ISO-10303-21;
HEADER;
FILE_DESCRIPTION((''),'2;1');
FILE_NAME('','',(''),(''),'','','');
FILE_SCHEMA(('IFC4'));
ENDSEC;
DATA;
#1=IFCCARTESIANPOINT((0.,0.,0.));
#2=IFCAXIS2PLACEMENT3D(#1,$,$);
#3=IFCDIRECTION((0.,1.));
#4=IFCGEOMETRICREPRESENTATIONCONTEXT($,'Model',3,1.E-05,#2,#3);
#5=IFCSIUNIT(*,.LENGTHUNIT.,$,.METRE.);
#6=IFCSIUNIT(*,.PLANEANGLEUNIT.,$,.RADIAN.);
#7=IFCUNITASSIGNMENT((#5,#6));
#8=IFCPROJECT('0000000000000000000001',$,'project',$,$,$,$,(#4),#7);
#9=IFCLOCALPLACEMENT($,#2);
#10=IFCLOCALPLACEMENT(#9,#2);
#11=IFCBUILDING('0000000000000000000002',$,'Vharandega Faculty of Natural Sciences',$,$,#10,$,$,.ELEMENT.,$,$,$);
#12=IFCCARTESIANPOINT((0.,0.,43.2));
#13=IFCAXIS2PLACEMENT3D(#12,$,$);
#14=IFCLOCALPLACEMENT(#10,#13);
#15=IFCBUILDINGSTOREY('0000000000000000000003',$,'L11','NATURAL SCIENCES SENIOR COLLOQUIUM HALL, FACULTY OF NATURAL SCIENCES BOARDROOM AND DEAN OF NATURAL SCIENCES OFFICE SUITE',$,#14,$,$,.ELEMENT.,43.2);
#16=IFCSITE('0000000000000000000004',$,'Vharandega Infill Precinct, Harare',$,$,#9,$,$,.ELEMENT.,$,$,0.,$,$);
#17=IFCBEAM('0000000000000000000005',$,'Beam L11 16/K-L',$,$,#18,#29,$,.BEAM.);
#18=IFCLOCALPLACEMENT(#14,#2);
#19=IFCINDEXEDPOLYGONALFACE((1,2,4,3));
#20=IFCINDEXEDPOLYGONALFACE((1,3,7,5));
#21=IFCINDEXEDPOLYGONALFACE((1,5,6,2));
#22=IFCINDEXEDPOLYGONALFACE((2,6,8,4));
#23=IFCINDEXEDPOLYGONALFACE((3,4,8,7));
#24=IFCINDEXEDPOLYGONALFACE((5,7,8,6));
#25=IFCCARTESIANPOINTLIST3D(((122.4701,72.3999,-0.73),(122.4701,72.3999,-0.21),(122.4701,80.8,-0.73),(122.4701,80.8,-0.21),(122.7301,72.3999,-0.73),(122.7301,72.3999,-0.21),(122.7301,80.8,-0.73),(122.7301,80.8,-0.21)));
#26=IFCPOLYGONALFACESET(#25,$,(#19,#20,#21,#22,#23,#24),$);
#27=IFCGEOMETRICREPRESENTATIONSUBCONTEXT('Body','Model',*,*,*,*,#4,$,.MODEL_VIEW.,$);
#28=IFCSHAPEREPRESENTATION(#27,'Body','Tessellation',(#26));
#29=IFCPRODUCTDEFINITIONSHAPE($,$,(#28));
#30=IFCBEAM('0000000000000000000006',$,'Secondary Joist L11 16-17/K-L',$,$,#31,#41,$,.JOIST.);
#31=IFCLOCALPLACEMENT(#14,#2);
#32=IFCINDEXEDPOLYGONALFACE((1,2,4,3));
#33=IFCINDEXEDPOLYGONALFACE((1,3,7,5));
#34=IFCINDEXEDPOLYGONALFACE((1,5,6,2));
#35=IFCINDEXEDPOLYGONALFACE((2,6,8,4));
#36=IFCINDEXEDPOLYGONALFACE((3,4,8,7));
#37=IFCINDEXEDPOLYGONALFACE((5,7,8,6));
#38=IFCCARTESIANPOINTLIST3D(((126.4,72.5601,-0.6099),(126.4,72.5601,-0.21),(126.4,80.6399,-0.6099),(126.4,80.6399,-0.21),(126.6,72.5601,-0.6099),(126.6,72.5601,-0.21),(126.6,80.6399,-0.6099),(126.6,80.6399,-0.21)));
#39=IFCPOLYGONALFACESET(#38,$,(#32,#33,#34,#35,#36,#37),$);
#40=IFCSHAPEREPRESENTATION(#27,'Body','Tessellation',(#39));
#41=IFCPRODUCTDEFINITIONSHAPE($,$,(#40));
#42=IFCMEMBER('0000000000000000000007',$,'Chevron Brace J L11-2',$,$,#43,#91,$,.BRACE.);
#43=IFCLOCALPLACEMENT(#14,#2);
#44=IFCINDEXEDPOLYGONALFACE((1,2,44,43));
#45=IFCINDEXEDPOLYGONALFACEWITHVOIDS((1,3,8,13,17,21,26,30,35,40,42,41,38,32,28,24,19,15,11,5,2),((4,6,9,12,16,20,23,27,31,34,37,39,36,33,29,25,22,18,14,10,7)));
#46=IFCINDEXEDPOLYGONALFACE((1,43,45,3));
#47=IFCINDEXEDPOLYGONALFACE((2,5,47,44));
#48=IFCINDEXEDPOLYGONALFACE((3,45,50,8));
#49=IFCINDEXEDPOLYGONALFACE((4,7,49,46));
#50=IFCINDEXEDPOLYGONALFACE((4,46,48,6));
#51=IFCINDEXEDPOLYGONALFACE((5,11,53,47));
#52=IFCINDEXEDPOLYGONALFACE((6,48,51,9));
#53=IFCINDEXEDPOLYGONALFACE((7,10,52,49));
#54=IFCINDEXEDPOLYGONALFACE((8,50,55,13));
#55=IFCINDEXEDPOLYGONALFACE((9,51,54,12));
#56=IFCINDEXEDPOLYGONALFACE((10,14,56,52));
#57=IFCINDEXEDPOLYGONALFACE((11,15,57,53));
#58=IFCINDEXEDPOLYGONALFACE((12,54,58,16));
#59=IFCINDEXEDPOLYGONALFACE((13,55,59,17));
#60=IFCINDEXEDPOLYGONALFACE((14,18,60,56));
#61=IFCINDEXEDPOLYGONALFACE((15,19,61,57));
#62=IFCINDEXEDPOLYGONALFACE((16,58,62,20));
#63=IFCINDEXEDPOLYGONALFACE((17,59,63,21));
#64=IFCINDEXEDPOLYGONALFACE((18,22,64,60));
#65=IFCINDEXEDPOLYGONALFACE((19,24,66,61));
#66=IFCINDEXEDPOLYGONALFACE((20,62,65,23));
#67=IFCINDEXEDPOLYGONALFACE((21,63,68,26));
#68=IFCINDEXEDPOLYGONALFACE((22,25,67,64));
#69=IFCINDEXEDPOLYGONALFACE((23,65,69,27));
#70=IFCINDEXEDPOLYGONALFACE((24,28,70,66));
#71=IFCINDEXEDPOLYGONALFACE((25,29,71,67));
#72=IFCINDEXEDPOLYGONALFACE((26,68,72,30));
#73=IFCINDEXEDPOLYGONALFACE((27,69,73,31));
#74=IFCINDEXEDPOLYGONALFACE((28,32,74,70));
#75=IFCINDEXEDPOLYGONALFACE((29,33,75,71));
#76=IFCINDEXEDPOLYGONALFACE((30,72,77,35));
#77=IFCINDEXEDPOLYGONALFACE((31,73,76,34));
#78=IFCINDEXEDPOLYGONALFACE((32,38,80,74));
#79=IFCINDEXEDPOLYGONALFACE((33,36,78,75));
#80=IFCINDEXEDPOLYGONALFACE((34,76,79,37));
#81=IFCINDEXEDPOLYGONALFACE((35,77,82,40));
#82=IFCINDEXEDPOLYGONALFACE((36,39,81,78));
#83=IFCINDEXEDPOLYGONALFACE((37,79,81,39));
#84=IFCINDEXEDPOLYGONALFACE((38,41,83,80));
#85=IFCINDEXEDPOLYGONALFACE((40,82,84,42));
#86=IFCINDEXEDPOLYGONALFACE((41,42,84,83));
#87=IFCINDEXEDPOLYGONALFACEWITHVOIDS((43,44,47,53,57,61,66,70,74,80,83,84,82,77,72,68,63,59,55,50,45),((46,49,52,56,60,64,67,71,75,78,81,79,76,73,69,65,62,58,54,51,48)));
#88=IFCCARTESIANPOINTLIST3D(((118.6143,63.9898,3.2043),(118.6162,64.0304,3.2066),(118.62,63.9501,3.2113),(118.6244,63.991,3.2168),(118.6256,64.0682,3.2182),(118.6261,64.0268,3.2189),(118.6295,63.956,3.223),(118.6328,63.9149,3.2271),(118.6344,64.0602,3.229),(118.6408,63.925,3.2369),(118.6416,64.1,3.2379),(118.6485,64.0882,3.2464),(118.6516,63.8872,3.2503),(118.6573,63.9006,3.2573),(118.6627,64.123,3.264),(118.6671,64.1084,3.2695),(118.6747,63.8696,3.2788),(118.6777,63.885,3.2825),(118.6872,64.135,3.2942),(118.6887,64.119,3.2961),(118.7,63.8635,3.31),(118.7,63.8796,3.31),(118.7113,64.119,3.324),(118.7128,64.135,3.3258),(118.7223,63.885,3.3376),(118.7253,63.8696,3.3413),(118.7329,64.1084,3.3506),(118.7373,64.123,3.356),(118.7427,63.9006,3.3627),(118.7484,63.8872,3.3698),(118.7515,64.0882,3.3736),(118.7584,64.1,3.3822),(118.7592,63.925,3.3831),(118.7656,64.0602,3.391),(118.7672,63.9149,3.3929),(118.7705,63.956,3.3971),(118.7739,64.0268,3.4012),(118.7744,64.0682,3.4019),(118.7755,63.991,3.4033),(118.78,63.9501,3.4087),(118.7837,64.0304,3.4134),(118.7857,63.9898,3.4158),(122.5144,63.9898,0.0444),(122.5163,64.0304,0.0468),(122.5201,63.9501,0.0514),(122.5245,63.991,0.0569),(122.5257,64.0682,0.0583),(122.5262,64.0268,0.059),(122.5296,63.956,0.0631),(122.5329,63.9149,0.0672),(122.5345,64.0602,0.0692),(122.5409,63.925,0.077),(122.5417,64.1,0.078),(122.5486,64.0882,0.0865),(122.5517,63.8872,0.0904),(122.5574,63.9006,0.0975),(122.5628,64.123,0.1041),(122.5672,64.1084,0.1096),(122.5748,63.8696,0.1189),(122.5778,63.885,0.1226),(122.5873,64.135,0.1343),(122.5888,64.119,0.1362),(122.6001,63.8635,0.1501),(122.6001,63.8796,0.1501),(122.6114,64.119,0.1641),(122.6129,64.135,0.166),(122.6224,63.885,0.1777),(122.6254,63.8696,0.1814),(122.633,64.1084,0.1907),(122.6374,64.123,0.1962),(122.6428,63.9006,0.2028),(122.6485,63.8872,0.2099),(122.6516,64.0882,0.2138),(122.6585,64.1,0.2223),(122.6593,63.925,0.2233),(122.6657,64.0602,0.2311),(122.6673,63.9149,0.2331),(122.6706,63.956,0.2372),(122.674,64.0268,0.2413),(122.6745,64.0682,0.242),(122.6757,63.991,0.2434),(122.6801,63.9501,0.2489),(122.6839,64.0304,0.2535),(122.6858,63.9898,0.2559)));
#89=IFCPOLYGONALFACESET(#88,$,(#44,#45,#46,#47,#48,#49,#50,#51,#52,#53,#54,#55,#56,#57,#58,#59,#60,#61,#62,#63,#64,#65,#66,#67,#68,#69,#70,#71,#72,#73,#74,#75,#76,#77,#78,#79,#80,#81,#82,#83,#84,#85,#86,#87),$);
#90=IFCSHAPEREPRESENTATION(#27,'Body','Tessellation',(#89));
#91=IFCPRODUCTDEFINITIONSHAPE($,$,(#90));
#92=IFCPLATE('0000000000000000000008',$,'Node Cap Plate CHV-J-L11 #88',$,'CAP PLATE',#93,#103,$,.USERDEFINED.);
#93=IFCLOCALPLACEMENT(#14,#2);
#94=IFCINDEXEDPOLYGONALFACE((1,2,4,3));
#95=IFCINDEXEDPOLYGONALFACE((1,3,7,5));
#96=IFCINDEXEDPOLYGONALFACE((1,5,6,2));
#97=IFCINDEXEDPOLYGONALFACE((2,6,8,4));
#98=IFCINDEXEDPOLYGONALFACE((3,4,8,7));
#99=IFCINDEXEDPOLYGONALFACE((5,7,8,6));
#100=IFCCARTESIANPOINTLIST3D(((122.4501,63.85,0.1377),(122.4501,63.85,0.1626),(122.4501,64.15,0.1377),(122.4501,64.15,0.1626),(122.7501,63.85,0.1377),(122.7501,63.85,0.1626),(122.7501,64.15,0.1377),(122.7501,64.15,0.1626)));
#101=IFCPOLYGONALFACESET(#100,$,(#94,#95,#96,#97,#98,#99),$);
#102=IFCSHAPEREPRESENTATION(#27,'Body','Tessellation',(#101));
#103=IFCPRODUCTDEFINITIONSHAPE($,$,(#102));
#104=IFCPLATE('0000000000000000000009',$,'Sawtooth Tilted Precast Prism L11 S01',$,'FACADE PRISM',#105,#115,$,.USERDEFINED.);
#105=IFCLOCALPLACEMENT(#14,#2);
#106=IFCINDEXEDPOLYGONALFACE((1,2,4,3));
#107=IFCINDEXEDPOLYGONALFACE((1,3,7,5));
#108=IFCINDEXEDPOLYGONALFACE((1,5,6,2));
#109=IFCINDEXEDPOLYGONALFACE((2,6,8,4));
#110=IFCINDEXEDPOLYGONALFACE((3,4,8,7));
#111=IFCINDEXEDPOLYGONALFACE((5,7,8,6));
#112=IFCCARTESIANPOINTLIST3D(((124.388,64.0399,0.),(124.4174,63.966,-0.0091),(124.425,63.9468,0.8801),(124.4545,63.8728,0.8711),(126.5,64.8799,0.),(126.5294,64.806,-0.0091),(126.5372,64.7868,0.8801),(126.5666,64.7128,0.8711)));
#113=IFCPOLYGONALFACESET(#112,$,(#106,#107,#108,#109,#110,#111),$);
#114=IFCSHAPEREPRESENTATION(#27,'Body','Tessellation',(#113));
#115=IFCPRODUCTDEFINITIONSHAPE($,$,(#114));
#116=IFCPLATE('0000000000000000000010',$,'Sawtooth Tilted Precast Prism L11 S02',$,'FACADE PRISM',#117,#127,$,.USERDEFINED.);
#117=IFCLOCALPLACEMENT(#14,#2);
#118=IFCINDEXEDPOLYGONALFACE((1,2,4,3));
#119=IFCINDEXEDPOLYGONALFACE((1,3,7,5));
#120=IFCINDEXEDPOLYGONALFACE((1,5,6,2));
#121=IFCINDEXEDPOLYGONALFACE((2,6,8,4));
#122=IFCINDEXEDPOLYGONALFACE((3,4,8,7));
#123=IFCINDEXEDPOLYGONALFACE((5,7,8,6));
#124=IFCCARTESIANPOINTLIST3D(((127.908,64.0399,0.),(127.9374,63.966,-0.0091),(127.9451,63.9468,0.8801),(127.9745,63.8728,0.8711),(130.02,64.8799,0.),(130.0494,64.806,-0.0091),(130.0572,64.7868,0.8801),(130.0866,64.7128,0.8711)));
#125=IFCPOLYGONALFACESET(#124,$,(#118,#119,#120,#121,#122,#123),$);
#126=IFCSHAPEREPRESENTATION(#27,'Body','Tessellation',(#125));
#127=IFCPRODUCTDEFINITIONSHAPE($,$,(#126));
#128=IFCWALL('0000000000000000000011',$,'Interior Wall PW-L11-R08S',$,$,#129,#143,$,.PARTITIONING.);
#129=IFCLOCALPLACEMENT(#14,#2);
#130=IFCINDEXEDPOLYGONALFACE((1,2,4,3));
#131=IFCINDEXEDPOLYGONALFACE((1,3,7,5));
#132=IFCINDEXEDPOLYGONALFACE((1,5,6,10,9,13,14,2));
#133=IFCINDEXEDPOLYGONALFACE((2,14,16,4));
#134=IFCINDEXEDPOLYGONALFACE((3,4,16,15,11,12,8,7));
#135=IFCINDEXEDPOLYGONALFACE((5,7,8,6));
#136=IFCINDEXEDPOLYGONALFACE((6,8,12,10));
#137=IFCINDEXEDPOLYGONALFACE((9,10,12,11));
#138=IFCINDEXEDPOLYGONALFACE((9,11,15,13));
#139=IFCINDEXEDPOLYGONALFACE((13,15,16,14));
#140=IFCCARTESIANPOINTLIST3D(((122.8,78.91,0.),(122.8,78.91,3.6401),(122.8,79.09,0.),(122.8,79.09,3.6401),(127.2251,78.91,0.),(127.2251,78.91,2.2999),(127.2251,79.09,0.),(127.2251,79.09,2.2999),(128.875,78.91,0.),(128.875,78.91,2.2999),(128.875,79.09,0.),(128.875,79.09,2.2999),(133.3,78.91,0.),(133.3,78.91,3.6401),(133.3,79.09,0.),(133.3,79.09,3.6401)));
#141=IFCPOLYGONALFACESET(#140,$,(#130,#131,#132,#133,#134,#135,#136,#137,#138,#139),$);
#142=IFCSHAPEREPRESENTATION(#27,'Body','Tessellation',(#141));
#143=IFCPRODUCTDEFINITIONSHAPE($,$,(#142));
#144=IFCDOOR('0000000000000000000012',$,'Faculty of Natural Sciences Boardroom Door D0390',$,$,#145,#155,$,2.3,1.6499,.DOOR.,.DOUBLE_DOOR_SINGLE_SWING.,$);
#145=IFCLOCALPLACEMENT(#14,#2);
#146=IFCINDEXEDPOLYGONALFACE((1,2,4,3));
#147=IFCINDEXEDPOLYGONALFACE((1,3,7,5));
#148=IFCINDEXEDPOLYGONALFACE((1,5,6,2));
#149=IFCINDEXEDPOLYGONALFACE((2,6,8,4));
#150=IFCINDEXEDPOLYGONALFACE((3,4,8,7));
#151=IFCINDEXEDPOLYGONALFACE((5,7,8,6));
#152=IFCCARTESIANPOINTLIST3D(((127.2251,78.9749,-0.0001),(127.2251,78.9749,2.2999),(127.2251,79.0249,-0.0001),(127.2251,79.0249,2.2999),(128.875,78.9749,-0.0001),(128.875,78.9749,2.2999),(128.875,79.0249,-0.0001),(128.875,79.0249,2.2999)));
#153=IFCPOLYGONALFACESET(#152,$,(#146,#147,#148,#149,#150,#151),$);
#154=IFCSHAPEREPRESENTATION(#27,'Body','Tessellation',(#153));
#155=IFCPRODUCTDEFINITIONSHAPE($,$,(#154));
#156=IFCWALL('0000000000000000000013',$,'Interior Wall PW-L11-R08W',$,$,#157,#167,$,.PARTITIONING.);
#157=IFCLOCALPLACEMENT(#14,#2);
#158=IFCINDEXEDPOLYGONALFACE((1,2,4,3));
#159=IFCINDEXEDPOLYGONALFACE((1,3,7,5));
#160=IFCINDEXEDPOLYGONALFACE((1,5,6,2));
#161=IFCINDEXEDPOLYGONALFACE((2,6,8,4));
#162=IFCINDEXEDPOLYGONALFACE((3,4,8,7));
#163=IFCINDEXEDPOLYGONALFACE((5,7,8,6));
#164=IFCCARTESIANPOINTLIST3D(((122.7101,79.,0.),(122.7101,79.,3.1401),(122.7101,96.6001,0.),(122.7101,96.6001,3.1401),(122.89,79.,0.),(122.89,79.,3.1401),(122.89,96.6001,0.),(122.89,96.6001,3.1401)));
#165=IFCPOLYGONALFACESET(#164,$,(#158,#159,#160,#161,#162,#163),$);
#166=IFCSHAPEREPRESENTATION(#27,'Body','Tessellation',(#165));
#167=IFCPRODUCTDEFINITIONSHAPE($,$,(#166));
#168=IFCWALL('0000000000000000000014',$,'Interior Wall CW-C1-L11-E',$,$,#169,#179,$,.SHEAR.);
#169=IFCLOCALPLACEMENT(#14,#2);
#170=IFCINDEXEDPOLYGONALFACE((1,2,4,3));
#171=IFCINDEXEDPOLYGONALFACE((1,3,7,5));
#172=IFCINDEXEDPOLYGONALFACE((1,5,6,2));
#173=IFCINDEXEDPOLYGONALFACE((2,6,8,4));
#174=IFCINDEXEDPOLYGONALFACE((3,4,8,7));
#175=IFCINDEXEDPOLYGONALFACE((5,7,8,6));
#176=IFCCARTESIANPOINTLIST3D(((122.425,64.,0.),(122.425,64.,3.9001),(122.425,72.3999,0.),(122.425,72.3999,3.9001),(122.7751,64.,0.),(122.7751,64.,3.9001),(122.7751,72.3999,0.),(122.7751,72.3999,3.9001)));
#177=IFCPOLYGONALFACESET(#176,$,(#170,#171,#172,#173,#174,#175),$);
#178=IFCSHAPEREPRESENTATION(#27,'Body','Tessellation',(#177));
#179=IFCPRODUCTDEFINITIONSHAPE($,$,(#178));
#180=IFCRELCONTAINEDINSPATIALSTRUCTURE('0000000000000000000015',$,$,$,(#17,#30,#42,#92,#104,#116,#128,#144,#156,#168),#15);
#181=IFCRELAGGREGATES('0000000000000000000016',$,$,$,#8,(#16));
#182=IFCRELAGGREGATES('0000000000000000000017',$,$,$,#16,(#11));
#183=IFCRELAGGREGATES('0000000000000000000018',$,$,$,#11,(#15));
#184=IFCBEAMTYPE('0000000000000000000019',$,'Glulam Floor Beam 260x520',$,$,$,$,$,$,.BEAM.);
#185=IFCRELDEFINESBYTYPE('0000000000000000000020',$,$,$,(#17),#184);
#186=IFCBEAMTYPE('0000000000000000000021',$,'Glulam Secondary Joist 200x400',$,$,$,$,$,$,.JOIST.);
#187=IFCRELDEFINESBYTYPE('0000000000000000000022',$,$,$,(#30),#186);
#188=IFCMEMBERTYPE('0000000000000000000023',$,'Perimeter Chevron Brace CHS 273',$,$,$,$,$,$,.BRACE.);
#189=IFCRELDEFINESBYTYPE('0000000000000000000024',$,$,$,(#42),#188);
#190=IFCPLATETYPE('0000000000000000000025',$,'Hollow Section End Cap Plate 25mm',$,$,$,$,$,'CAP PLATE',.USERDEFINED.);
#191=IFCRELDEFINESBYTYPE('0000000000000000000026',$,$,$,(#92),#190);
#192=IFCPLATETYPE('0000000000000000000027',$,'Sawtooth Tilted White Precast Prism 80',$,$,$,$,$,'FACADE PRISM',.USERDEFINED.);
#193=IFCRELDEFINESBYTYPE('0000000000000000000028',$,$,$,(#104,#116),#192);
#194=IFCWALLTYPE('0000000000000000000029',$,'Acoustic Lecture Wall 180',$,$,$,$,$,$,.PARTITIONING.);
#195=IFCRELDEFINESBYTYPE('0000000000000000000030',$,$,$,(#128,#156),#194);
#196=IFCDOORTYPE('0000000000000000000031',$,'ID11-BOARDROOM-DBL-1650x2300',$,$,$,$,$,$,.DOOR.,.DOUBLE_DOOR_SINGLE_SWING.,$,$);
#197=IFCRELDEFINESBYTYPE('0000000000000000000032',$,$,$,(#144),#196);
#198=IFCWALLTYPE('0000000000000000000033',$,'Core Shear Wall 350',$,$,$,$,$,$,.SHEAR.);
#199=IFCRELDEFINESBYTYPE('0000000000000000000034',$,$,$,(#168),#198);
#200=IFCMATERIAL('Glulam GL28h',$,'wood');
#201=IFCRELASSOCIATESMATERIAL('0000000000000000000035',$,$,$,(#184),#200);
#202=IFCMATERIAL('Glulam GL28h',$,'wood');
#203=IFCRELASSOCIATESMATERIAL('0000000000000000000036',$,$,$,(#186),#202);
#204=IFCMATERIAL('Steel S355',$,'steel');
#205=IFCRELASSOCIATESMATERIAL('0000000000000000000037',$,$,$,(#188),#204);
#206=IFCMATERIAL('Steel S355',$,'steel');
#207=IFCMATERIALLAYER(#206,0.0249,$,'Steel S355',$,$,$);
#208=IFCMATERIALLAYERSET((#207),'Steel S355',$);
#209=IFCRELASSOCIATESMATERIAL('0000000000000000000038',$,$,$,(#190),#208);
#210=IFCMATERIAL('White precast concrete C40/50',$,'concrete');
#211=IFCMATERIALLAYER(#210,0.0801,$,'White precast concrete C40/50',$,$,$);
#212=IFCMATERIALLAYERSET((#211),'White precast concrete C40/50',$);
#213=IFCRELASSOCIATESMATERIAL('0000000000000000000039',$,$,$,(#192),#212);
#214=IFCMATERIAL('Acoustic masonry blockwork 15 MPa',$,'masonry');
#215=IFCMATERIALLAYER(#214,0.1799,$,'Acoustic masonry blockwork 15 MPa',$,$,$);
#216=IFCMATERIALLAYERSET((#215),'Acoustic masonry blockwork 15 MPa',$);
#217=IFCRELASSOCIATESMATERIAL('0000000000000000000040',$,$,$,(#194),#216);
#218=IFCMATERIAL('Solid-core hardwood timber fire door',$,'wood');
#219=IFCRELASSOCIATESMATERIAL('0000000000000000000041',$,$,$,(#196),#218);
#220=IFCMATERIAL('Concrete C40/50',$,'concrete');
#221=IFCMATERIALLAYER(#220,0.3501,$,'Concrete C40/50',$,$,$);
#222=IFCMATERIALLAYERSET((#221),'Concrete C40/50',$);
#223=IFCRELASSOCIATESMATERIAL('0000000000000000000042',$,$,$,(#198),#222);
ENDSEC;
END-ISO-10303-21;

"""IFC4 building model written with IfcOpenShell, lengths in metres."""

from ifc_helpers import new_model, si_unit, direction, frame, frame_2d, origin, origin_2d, place, context, subcontext, project, spatial, polyline, rectangle, hollow_circle, outline, extrude, material, layer, layer_set, material_profile, profile_set, type_object, element, fill, save


model = new_model("IFC4")

# Units and contexts
model_context = context("Model", 3, precision=1e-05, world=origin(), true_north=direction((0.0, 1.0)))
body_context = subcontext(model_context, "Body", "Model", "MODEL_VIEW")
ifc_project = project(units=[si_unit("LENGTHUNIT", "METRE"), si_unit("PLANEANGLEUNIT", "RADIAN")], contexts=[model_context])

# Site, building, storey
site_placement = place(None, origin())
site = spatial("IfcSite", under=ifc_project, at=site_placement, Name="Vharandega Infill Precinct, Harare", CompositionType="ELEMENT", RefElevation=0.0)
building_placement = place(site_placement, origin())
building = spatial("IfcBuilding", under=site, at=building_placement, Name="Vharandega Faculty of Natural Sciences", CompositionType="ELEMENT")
storey_placement = place(building_placement, frame((0.0, 0.0, 43.2)))
storey = spatial("IfcBuildingStorey", under=building, at=storey_placement, Name="L11", Description="NATURAL SCIENCES SENIOR COLLOQUIUM HALL, FACULTY OF NATURAL SCIENCES BOARDROOM AND DEAN OF NATURAL SCIENCES OFFICE SUITE", CompositionType="ELEMENT", Elevation=43.2)

# Beams
ifc_material_1 = material(Name="Glulam GL28h", Category="wood")
ifc_material_profile_1 = material_profile(ifc_material_1, rectangle(XDim=0.26, YDim=0.52, at=origin_2d()), Name="GL28h 260x520")
ifc_profile_set_1 = profile_set([ifc_material_profile_1], Name="Glulam GL28h")
beam_type_1 = type_object("IfcBeamType", Name="Glulam Floor Beam 260x520", PredefinedType="BEAM", material=ifc_profile_set_1)
beam_1_placement = place(storey_placement, frame((122.6001, 72.3999, -0.47), z_axis=(0.0, 1.0, 0.0), x_axis=(-1.0, 0.0, 0.0)))
element("IfcBeam", 1, at=beam_1_placement, inside=storey, type_object=beam_type_1, Name="Beam L11 16/K-L", PredefinedType="BEAM", context=body_context, shape_type="SweptSolid", body=[
    extrude(rectangle(XDim=0.26, YDim=0.52, at=origin_2d()), origin(), (0.0, 0.0, 1.0), 8.4001),
])
ifc_material_2 = material(Name="Glulam GL28h", Category="wood")
ifc_material_profile_2 = material_profile(ifc_material_2, rectangle(XDim=0.2, YDim=0.3999, at=origin_2d()), Name="GL28h 200x400")
ifc_profile_set_2 = profile_set([ifc_material_profile_2], Name="Glulam GL28h")
beam_type_2 = type_object("IfcBeamType", Name="Glulam Secondary Joist 200x400", PredefinedType="JOIST", material=ifc_profile_set_2)
beam_2_placement = place(storey_placement, frame((126.5, 72.5601, -0.4099), z_axis=(0.0, 1.0, 0.0), x_axis=(-1.0, 0.0, 0.0)))
element("IfcBeam", 2, at=beam_2_placement, inside=storey, type_object=beam_type_2, Name="Secondary Joist L11 16-17/K-L", PredefinedType="JOIST", context=body_context, shape_type="SweptSolid", body=[
    extrude(rectangle(XDim=0.2, YDim=0.3999, at=origin_2d()), origin(), (0.0, 0.0, 1.0), 8.0798),
])

# Member
ifc_material_3 = material(Name="Steel S355", Category="steel")
ifc_material_profile_3 = material_profile(ifc_material_3, hollow_circle(Radius=0.1365, WallThickness=0.0161, at=origin_2d()), Name="CHS 273x16")
ifc_profile_set_3 = profile_set([ifc_material_profile_3], Name="Steel S355")
member_type = type_object("IfcMemberType", Name="Perimeter Chevron Brace CHS 273", PredefinedType="BRACE", material=ifc_profile_set_3)
member_placement = place(storey_placement, frame((122.6001, 64.0, 0.1501), z_axis=(-0.776987, 0.0, 0.629517), x_axis=(0.0, -1.0, 0.0)))
element("IfcMember", 3, at=member_placement, inside=storey, type_object=member_type, Name="Chevron Brace J L11-2", PredefinedType="BRACE", context=body_context, shape_type="SweptSolid", body=[
    extrude(hollow_circle(Radius=0.1365, WallThickness=0.0161, at=origin_2d()), origin(), (0.0, 0.0, 1.0), 5.0195),
])

# Plates
ifc_material_4 = material(Name="Steel S355", Category="steel")
ifc_layer_1 = layer(ifc_material_4, 0.0249, Name="Steel S355")
ifc_layer_set_1 = layer_set([ifc_layer_1], Name="Steel S355")
plate_type_1 = type_object("IfcPlateType", Name="Hollow Section End Cap Plate 25mm", ElementType="CAP PLATE", PredefinedType="USERDEFINED", material=ifc_layer_set_1)
plate_placement = place(storey_placement, frame((122.6001, 64.0, 0.1377), z_axis=(0.0, 0.0, 1.0), x_axis=(1.0, 0.0, 0.0)))
element("IfcPlate", 4, at=plate_placement, inside=storey, type_object=plate_type_1, Name="Node Cap Plate CHV-J-L11 #88", ObjectType="CAP PLATE", PredefinedType="USERDEFINED", context=body_context, shape_type="SweptSolid", body=[
    extrude(rectangle(XDim=0.3, YDim=0.3, at=origin_2d()), origin(), (0.0, 0.0, 1.0), 0.0249),
])
ifc_material_5 = material(Name="White precast concrete C40/50", Category="concrete")
ifc_layer_2 = layer(ifc_material_5, 0.0801, Name="White precast concrete C40/50")
ifc_layer_set_2 = layer_set([ifc_layer_2], Name="White precast concrete C40/50")
plate_type_2 = type_object("IfcPlateType", Name="Sawtooth Tilted White Precast Prism 80", ElementType="FACADE PRISM", PredefinedType="USERDEFINED", material=ifc_layer_set_2)
for number, where, z_axis, x_axis, name in (
    (5, (126.5, 64.8799, 0.0), (-0.367173, 0.923241, 0.113184), (0.04194, -0.105126, 0.993574), "Sawtooth Tilted Precast Prism L11 S01"),
    (6, (130.02, 64.8799, 0.0), (-0.367173, 0.923241, 0.113184), (0.04194, -0.105126, 0.993574), "Sawtooth Tilted Precast Prism L11 S02"),
):
    element("IfcPlate", number, at=place(storey_placement, frame(where, z_axis=z_axis, x_axis=x_axis)), inside=storey, type_object=plate_type_2, Name=name, ObjectType="FACADE PRISM", PredefinedType="USERDEFINED", context=body_context, shape_type="SweptSolid", body=[
        extrude(outline(polyline([(0.0, 0.0), (0.8858, 0.0), (0.8855, -2.273), (-0.0003, -2.2729), (0.0, 0.0)])), origin(), (0.0, 0.0, -1.0), 0.0801),
    ])

# Wall, opening, door
ifc_material_6 = material(Name="Acoustic masonry blockwork 15 MPa", Category="masonry")
ifc_layer_3 = layer(ifc_material_6, 0.1799, Name="Acoustic masonry blockwork 15 MPa")
ifc_layer_set_3 = layer_set([ifc_layer_3], Name="Acoustic masonry blockwork 15 MPa")
wall_type_1 = type_object("IfcWallType", Name="Acoustic Lecture Wall 180", PredefinedType="PARTITIONING", material=ifc_layer_set_3)
wall_1_placement = place(storey_placement, frame((122.8, 79.0, 0.0), z_axis=(0.0, 0.0, 1.0), x_axis=(1.0, 0.0, 0.0)))
wall_1 = element("IfcWall", 7, at=wall_1_placement, inside=storey, type_object=wall_type_1, Name="Interior Wall PW-L11-R08S", PredefinedType="PARTITIONING", context=body_context, shape_type="SweptSolid", body=[
    extrude(rectangle(XDim=10.5, YDim=0.1799, at=frame_2d((5.25, 0.0))), origin(), (0.0, 0.0, 1.0), 3.6401),
])
opening_1_placement = place(wall_1_placement, frame((4.425, 0.0, 0.0)))
opening_1 = element("IfcOpeningElement", 8, at=opening_1_placement, cuts=wall_1, PredefinedType="OPENING", context=body_context, shape_type="SweptSolid", body=[
    extrude(rectangle(XDim=1.6499, YDim=2.3, at=frame_2d((0.825, 1.1499))), frame((0.0, 0.1001, 0.0), z_axis=(0.0, -1.0, 0.0), x_axis=(1.0, 0.0, 0.0)), (0.0, 0.0, 1.0), 0.2),
])
ifc_material_7 = material(Name="Solid-core hardwood timber fire door", Category="wood")
door_type_1 = type_object("IfcDoorType", Name="ID11-BOARDROOM-DBL-1650x2300", OperationType="DOUBLE_DOOR_SINGLE_SWING", PredefinedType="DOOR", material=ifc_material_7)
door_1_placement = place(opening_1_placement, origin())
door_1 = element("IfcDoor", 9, at=door_1_placement, inside=storey, type_object=door_type_1, Name="Faculty of Natural Sciences Boardroom Door D0390", OperationType="DOUBLE_DOOR_SINGLE_SWING", OverallHeight=2.3, OverallWidth=1.6499, PredefinedType="DOOR", context=body_context, shape_type="SweptSolid", body=[
    extrude(rectangle(XDim=1.6499, YDim=2.3, at=frame_2d((0.825, 1.1499))), frame((0.0, 0.0249, 0.0), z_axis=(0.0, -1.0, 0.0), x_axis=(1.0, 0.0, 0.0)), (0.0, 0.0, 1.0), 0.05),
])
fill(opening_1, door_1)

# Walls
wall_2_placement = place(storey_placement, frame((122.8, 79.0, 0.0), z_axis=(0.0, 0.0, 1.0), x_axis=(0.0, 1.0, 0.0)))
element("IfcWall", 10, at=wall_2_placement, inside=storey, type_object=wall_type_1, Name="Interior Wall PW-L11-R08W", PredefinedType="PARTITIONING", context=body_context, shape_type="SweptSolid", body=[
    extrude(rectangle(XDim=17.6001, YDim=0.1799, at=frame_2d((8.8, 0.0))), origin(), (0.0, 0.0, 1.0), 3.1401),
])
ifc_material_8 = material(Name="Concrete C40/50", Category="concrete")
ifc_layer_4 = layer(ifc_material_8, 0.3501, Name="Concrete C40/50")
ifc_layer_set_4 = layer_set([ifc_layer_4], Name="Concrete C40/50")
wall_type_2 = type_object("IfcWallType", Name="Core Shear Wall 350", PredefinedType="SHEAR", material=ifc_layer_set_4)
wall_3_placement = place(storey_placement, frame((122.6001, 64.0, 0.0), z_axis=(0.0, 0.0, 1.0), x_axis=(0.0, 1.0, 0.0)))
element("IfcWall", 11, at=wall_3_placement, inside=storey, type_object=wall_type_2, Name="Interior Wall CW-C1-L11-E", PredefinedType="SHEAR", context=body_context, shape_type="SweptSolid", body=[
    extrude(rectangle(XDim=8.3999, YDim=0.3501, at=frame_2d((4.2, 0.0))), origin(), (0.0, 0.0, 1.0), 3.9001),
])

save(model, "model.ifc")
